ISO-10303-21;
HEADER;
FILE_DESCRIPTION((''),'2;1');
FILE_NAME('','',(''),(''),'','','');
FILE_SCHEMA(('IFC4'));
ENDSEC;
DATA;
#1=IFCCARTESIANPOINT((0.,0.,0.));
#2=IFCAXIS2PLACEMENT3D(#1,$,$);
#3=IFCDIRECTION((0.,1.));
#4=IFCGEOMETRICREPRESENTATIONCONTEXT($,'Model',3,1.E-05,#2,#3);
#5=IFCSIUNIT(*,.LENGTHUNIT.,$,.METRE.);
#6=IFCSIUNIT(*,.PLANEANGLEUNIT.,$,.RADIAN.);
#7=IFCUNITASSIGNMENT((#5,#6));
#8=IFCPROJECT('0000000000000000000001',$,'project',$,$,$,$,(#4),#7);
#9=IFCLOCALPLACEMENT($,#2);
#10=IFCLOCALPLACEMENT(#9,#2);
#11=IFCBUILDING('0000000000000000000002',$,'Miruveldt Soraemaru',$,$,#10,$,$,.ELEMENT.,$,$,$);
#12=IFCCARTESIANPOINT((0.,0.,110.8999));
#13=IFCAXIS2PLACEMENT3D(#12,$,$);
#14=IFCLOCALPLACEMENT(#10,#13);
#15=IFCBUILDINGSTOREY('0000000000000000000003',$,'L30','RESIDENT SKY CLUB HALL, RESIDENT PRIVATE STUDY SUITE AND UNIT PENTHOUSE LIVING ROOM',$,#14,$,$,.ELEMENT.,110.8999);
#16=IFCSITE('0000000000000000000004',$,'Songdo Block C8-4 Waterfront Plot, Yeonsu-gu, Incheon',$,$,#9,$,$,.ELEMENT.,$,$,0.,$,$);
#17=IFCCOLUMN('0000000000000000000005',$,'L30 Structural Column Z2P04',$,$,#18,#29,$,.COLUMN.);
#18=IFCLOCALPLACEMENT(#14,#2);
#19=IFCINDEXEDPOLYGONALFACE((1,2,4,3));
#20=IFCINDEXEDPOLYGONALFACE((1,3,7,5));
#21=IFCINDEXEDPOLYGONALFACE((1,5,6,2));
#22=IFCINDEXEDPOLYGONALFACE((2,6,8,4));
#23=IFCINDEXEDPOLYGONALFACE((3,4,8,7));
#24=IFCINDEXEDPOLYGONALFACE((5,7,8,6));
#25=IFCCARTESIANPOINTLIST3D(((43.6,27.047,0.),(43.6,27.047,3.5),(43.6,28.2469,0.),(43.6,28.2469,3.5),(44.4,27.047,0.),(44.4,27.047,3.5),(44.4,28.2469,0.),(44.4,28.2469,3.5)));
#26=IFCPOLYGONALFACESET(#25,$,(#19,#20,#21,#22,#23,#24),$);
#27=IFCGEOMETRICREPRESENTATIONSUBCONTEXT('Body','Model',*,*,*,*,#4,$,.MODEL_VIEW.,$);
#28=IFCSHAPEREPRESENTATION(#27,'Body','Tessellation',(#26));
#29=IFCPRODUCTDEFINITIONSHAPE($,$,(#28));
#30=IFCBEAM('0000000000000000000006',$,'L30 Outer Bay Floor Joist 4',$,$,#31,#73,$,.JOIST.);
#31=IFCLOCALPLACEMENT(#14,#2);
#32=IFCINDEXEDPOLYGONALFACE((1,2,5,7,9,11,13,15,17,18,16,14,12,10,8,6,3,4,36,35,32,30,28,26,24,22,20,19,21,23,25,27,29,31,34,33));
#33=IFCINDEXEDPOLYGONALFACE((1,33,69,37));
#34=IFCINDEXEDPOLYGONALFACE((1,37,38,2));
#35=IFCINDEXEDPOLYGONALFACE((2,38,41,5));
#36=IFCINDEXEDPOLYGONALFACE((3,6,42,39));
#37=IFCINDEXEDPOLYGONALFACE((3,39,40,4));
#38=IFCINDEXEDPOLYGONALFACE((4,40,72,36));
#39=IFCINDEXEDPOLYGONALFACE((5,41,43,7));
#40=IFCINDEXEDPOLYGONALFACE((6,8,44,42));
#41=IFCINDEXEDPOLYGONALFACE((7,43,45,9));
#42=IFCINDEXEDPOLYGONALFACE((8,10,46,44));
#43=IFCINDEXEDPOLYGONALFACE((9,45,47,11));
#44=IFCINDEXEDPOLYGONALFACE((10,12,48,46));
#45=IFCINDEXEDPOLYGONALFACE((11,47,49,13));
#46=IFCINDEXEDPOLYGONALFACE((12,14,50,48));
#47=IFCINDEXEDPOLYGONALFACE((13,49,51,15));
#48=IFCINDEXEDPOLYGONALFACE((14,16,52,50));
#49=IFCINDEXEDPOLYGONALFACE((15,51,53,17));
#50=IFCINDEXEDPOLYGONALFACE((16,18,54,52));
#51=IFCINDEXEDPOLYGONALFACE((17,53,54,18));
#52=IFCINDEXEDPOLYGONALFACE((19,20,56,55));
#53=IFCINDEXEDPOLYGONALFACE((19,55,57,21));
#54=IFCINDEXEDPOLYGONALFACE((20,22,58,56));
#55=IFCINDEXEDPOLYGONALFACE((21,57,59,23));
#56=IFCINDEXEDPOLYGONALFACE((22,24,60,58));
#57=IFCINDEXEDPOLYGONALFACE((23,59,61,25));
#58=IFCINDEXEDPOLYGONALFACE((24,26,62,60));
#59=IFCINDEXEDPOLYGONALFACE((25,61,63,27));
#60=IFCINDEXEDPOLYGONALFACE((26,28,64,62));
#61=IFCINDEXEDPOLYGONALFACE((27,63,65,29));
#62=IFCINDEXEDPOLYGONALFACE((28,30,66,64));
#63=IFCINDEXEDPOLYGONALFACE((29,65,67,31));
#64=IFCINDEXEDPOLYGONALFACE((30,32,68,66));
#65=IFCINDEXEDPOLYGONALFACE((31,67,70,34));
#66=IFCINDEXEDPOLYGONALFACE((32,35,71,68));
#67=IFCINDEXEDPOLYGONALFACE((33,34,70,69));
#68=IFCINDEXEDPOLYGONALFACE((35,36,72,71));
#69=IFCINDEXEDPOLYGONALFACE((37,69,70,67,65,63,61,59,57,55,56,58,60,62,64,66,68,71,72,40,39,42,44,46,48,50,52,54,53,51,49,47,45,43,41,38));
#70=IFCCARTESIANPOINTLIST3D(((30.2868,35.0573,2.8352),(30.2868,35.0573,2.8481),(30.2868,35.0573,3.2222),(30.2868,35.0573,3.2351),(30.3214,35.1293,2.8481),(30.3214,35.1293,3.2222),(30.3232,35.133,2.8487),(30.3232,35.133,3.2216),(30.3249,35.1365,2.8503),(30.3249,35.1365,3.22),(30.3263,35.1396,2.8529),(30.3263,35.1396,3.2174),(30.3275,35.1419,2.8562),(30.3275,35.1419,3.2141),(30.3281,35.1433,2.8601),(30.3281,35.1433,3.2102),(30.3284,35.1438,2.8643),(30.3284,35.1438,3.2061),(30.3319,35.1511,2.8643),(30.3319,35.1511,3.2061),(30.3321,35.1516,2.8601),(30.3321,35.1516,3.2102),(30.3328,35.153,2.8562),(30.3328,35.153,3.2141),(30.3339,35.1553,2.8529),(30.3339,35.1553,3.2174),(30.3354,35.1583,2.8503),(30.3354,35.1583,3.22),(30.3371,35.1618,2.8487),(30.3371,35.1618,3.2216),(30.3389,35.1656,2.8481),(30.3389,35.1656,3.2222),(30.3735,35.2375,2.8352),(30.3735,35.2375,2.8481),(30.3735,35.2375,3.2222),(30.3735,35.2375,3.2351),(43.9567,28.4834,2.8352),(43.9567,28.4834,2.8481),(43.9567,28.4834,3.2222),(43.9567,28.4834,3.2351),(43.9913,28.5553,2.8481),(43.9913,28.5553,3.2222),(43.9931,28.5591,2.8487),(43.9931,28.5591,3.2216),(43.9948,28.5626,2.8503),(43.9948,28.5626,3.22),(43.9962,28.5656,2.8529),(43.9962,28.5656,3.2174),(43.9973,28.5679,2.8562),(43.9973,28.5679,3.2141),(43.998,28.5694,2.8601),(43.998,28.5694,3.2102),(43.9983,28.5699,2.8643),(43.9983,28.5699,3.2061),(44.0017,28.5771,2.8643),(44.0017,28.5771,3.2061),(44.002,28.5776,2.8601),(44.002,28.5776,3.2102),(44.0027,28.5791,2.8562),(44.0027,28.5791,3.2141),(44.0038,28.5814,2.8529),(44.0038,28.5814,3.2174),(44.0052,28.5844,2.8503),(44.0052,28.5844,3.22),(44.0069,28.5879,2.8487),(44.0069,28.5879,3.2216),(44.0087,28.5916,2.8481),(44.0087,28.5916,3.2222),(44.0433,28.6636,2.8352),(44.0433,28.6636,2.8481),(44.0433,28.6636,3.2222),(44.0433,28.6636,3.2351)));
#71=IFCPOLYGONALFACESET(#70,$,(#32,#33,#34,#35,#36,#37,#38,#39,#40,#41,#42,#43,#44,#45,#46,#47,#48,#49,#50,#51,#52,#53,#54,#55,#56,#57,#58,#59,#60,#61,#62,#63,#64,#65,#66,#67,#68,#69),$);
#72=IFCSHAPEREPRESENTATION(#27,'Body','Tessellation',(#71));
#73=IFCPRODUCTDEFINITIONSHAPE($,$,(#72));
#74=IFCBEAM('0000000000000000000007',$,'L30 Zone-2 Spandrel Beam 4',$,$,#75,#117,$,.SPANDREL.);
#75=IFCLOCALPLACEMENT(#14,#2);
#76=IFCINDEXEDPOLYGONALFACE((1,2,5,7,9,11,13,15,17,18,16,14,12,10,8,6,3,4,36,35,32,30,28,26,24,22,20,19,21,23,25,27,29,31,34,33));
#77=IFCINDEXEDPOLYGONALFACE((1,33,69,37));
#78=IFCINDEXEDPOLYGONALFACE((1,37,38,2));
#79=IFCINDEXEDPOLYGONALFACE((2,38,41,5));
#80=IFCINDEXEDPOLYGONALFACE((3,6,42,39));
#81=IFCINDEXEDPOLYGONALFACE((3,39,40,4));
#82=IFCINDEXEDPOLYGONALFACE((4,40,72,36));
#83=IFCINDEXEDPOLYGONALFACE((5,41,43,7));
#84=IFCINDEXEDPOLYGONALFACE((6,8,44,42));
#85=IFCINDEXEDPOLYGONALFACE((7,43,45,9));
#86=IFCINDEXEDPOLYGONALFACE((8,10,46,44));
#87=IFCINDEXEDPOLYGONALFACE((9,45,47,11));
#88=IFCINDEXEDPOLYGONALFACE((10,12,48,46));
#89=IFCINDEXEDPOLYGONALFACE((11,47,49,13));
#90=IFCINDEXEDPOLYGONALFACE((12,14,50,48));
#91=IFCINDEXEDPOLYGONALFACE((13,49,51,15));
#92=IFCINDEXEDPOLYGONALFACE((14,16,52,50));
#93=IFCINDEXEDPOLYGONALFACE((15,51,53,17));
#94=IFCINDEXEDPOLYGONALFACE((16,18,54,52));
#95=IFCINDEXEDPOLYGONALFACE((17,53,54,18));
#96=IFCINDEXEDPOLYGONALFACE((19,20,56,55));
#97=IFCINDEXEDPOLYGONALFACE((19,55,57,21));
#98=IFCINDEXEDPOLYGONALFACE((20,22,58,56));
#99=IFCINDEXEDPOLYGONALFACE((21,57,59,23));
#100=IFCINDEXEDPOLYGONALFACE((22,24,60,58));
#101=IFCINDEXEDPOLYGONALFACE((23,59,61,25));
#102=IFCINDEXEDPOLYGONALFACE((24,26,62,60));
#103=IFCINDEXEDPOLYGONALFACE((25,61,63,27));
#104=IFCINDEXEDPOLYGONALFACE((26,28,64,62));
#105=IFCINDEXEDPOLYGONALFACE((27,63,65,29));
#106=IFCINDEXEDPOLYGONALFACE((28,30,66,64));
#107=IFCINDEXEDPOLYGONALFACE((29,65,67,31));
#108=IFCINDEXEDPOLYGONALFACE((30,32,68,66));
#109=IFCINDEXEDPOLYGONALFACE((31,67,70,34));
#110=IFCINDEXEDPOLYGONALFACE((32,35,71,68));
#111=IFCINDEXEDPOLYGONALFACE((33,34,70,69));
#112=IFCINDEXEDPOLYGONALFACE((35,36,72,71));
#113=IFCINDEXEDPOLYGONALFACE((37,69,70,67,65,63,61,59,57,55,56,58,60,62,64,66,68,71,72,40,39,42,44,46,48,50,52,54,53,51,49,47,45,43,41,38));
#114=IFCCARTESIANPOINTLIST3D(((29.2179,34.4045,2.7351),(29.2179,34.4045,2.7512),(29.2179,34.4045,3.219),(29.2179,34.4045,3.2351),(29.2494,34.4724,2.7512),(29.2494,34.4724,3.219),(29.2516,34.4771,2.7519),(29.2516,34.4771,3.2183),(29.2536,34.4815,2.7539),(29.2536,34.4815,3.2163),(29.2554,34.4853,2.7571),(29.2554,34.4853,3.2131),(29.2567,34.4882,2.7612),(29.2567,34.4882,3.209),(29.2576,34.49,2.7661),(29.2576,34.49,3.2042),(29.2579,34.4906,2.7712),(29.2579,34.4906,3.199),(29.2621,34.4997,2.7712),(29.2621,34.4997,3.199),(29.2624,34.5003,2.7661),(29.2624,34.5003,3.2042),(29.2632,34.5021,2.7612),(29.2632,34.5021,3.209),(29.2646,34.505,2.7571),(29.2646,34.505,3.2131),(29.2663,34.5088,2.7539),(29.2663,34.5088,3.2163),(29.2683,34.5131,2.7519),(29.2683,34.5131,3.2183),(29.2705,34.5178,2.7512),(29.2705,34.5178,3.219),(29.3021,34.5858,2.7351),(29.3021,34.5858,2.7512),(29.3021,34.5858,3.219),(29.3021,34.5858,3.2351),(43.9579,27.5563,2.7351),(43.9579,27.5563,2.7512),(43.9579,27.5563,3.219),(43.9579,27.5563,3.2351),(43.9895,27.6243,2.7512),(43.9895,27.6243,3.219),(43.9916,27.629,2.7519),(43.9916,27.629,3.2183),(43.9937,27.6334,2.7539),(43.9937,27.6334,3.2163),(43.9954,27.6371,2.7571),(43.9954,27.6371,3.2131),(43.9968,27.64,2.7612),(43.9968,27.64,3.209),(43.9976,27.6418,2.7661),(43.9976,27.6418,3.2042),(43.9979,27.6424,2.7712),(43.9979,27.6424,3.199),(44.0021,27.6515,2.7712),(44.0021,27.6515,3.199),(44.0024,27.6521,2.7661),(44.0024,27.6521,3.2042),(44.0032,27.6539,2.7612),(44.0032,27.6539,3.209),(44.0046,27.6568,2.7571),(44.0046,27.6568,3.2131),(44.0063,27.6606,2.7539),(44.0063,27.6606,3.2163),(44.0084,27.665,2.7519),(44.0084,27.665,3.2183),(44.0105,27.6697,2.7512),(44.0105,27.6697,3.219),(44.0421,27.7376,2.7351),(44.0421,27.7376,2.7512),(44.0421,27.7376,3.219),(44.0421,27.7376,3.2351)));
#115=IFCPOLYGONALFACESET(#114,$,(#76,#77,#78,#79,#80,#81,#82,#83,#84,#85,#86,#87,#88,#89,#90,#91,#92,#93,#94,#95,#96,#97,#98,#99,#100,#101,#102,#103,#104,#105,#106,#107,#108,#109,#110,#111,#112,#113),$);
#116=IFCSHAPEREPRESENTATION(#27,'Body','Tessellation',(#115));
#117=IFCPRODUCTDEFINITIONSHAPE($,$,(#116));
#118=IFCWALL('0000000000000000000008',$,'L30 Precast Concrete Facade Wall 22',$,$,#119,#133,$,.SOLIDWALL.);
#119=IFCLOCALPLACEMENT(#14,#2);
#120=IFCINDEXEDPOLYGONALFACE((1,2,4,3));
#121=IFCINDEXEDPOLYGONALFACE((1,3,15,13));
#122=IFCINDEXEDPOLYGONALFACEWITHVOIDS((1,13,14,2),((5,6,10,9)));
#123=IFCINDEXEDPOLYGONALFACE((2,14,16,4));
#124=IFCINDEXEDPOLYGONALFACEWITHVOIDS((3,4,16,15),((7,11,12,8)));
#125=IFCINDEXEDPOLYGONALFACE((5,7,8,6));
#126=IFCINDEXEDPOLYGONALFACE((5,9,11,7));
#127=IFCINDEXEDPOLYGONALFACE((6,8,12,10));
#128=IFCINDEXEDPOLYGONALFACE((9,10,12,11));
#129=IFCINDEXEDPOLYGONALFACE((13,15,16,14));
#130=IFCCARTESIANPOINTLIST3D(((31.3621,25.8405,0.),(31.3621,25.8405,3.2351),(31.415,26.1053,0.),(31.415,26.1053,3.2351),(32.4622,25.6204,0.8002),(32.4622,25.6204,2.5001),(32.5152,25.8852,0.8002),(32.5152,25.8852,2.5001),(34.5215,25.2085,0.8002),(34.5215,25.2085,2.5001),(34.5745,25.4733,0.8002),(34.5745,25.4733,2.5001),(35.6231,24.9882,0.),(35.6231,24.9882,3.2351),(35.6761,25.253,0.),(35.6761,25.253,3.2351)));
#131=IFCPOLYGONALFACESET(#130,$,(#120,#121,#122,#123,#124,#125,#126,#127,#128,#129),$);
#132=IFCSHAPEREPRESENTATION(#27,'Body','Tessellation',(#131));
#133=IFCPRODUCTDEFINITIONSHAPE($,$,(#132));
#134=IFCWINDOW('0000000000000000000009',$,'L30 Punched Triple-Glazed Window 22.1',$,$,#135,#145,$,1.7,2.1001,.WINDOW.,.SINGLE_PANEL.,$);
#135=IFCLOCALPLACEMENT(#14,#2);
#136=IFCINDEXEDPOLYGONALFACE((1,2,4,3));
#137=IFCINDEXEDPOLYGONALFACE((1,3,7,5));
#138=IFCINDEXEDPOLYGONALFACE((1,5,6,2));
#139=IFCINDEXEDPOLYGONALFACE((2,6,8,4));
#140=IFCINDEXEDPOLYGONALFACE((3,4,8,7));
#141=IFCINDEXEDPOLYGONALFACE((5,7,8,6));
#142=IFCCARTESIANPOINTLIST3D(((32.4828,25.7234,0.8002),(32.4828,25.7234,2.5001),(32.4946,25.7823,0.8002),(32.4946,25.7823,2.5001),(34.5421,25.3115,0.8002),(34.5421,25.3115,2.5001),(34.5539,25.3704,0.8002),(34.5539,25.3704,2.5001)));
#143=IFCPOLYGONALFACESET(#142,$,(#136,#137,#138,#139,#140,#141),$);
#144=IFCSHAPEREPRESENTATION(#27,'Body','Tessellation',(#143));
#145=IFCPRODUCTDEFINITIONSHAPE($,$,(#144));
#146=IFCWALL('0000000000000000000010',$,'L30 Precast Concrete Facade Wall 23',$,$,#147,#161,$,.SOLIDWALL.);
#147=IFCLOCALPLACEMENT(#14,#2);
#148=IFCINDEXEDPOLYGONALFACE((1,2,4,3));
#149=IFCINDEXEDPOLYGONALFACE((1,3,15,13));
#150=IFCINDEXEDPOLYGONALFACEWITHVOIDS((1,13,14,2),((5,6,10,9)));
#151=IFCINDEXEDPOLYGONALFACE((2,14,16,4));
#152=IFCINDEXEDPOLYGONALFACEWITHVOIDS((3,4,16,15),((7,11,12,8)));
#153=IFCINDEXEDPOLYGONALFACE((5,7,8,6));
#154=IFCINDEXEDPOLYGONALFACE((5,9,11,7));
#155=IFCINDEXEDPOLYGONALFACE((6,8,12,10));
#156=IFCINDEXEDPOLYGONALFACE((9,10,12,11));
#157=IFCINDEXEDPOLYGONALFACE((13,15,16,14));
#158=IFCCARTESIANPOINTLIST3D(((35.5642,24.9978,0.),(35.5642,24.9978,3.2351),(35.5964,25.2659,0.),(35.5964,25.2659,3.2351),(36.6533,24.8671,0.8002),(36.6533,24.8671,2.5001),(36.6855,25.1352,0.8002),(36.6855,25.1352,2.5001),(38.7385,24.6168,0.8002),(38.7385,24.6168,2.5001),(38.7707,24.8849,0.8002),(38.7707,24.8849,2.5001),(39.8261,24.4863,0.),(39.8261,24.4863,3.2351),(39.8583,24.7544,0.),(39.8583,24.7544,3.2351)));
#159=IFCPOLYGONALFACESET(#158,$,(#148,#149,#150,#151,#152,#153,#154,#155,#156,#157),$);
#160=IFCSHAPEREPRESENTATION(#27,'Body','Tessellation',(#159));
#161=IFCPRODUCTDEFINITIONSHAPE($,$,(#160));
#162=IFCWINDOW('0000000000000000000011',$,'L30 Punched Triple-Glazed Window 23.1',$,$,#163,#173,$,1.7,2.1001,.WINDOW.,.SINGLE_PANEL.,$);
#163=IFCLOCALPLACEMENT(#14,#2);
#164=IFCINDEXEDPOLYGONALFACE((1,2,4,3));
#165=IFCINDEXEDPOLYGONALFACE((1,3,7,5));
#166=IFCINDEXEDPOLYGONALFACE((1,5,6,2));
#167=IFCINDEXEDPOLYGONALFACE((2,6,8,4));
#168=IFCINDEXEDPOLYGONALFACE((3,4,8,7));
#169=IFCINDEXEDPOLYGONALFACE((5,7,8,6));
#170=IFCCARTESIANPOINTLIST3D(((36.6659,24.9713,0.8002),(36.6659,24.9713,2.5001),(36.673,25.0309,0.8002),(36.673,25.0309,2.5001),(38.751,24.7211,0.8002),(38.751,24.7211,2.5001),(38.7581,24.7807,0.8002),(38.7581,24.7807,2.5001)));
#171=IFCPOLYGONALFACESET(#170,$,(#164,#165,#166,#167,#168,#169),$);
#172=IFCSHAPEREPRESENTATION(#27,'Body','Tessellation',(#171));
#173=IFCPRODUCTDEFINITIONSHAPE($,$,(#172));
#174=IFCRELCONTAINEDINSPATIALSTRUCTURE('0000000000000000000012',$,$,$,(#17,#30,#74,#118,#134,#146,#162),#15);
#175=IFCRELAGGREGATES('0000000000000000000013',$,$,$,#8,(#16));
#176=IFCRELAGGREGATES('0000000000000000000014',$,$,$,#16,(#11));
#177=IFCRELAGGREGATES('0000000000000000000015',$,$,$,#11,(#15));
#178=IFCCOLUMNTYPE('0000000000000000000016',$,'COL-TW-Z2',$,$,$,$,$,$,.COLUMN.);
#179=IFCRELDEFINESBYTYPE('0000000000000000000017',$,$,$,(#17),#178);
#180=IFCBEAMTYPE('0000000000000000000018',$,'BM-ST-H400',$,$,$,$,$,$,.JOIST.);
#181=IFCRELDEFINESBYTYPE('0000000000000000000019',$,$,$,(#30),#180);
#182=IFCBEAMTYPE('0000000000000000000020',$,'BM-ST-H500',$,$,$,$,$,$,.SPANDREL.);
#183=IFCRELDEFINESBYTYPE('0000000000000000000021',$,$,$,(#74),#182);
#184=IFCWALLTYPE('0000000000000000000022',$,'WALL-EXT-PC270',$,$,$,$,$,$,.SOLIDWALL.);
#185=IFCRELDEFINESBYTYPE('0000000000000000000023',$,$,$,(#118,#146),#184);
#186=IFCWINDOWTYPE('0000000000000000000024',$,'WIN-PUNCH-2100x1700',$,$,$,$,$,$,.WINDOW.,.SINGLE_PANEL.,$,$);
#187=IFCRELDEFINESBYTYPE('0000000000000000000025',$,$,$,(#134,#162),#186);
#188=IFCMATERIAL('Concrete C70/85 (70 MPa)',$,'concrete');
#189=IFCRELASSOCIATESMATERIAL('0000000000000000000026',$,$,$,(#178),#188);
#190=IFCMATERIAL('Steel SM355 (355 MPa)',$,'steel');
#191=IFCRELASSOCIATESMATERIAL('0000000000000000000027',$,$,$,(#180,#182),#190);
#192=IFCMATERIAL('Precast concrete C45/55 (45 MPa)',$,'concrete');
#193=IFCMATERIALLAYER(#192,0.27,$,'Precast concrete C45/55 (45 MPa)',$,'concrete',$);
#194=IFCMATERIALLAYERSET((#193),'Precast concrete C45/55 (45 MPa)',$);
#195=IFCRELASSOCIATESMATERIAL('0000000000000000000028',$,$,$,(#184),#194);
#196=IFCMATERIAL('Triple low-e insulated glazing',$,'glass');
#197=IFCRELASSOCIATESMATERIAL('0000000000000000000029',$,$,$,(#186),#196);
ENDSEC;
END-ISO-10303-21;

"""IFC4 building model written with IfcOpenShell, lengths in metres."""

from ifc_helpers import new_model, si_unit, direction, frame, frame_2d, origin, origin_2d, place, context, subcontext, project, spatial, rectangle, i_section, extrude, material, layer, layer_set, material_profile, profile_set, type_object, element, fill, save


model = new_model("IFC4")

# Units and contexts
model_context = context("Model", 3, precision=1e-05, world=origin(), true_north=direction((0.0, 1.0)))
body_context = subcontext(model_context, "Body", "Model", "MODEL_VIEW")
ifc_project = project(units=[si_unit("LENGTHUNIT", "METRE"), si_unit("PLANEANGLEUNIT", "RADIAN")], contexts=[model_context])

# Site, building, storey
site_placement = place(None, origin())
site = spatial("IfcSite", under=ifc_project, at=site_placement, Name="Songdo Block C8-4 Waterfront Plot, Yeonsu-gu, Incheon", CompositionType="ELEMENT", RefElevation=0.0)
building_placement = place(site_placement, origin())
building = spatial("IfcBuilding", under=site, at=building_placement, Name="Miruveldt Soraemaru", CompositionType="ELEMENT")
storey_placement = place(building_placement, frame((0.0, 0.0, 110.8999)))
storey = spatial("IfcBuildingStorey", under=building, at=storey_placement, Name="L30", Description="RESIDENT SKY CLUB HALL, RESIDENT PRIVATE STUDY SUITE AND UNIT PENTHOUSE LIVING ROOM", CompositionType="ELEMENT", Elevation=110.8999)

# Column
ifc_material_1 = material(Name="Concrete C70/85 (70 MPa)", Category="concrete")
ifc_material_profile_1 = material_profile(ifc_material_1, rectangle(XDim=1.2, YDim=0.8, at=origin_2d()), Name="Concrete C70/85 (70 MPa)", Category="concrete")
ifc_profile_set_1 = profile_set([ifc_material_profile_1], Name="Concrete C70/85 (70 MPa)")
column_type = type_object("IfcColumnType", Name="COL-TW-Z2", PredefinedType="COLUMN", material=ifc_profile_set_1)
column_placement = place(storey_placement, frame((44.0, 27.647, 0.0), z_axis=(0.0, 0.0, 1.0), x_axis=(0.0, 1.0, 0.0)))
element("IfcColumn", 1, at=column_placement, inside=storey, type_object=column_type, Name="L30 Structural Column Z2P04", PredefinedType="COLUMN", context=body_context, shape_type="SweptSolid", body=[
    extrude(rectangle(XDim=1.2, YDim=0.8, at=origin_2d()), origin(), (0.0, 0.0, 1.0), 3.5),
])

# Beams
ifc_material_2 = material(Name="Steel SM355 (355 MPa)", Category="steel")
ifc_material_profile_2 = material_profile(ifc_material_2, i_section(OverallWidth=0.2, OverallDepth=0.3999, WebThickness=0.0081, FlangeThickness=0.0129, FilletRadius=0.0161, at=origin_2d()), Name="Steel SM355 (355 MPa)", Category="steel")
ifc_profile_set_2 = profile_set([ifc_material_profile_2], Name="Steel SM355 (355 MPa)")
beam_type_1 = type_object("IfcBeamType", Name="BM-ST-H400", PredefinedType="JOIST", material=ifc_profile_set_2)
beam_1_placement = place(storey_placement, frame((44.0, 28.5735, 3.0352), z_axis=(-0.901204, 0.433396, 0.0), x_axis=(-0.433396, -0.901204, 0.0)))
element("IfcBeam", 2, at=beam_1_placement, inside=storey, type_object=beam_type_1, Name="L30 Outer Bay Floor Joist 4", PredefinedType="JOIST", context=body_context, shape_type="SweptSolid", body=[
    extrude(i_section(OverallWidth=0.2, OverallDepth=0.3999, WebThickness=0.0081, FlangeThickness=0.0129, FilletRadius=0.0161, at=origin_2d()), origin(), (0.0, 0.0, 1.0), 15.1685),
])
ifc_material_profile_3 = material_profile(ifc_material_2, i_section(OverallWidth=0.2, OverallDepth=0.5, WebThickness=0.01, FlangeThickness=0.0161, FilletRadius=0.02, at=origin_2d()), Name="Steel SM355 (355 MPa)", Category="steel")
ifc_profile_set_3 = profile_set([ifc_material_profile_3], Name="Steel SM355 (355 MPa)")
beam_type_2 = type_object("IfcBeamType", Name="BM-ST-H500", PredefinedType="SPANDREL", material=ifc_profile_set_3)
beam_2_placement = place(storey_placement, frame((44.0, 27.647, 2.9851), z_axis=(-0.906901, 0.421343, 0.0), x_axis=(-0.421343, -0.906901, 0.0)))
element("IfcBeam", 3, at=beam_2_placement, inside=storey, type_object=beam_type_2, Name="L30 Zone-2 Spandrel Beam 4", PredefinedType="SPANDREL", context=body_context, shape_type="SweptSolid", body=[
    extrude(i_section(OverallWidth=0.2, OverallDepth=0.5, WebThickness=0.01, FlangeThickness=0.0161, FilletRadius=0.02, at=origin_2d()), origin(), (0.0, 0.0, 1.0), 16.2532),
])

# Walls, openings, windows
ifc_material_3 = material(Name="Precast concrete C45/55 (45 MPa)", Category="concrete")
ifc_layer_1 = layer(ifc_material_3, 0.27, Name="Precast concrete C45/55 (45 MPa)", Category="concrete")
ifc_layer_set_1 = layer_set([ifc_layer_1], Name="Precast concrete C45/55 (45 MPa)")
wall_type_1 = type_object("IfcWallType", Name="WALL-EXT-PC270", PredefinedType="SOLIDWALL", material=ifc_layer_set_1)
wall_1_placement = place(storey_placement, frame((31.3884, 25.9729, 0.0), z_axis=(0.0, 0.0, 1.0), x_axis=(0.980576, -0.196138, 0.0)))
wall_1 = element("IfcWall", 4, at=wall_1_placement, inside=storey, type_object=wall_type_1, Name="L30 Precast Concrete Facade Wall 22", PredefinedType="SOLIDWALL", context=body_context, shape_type="SweptSolid", body=[
    extrude(rectangle(XDim=4.3455, YDim=0.27, at=frame_2d((2.1729, 0.0))), origin(), (0.0, 0.0, 1.0), 3.2351),
])
opening_1_placement = place(wall_1_placement, frame((1.1221, 0.0, 0.8)))
opening_1 = element("IfcOpeningElement", 5, at=opening_1_placement, cuts=wall_1, PredefinedType="OPENING", context=body_context, shape_type="SweptSolid", body=[
    extrude(rectangle(XDim=2.1001, YDim=1.7, at=frame_2d((1.05, 0.8501))), frame((0.0, 0.145, 0.0), z_axis=(0.0, -1.0, 0.0), x_axis=(1.0, 0.0, 0.0)), (0.0, 0.0, 1.0), 0.29),
])
ifc_material_4 = material(Name="Triple low-e insulated glazing", Category="glass")
window_type = type_object("IfcWindowType", Name="WIN-PUNCH-2100x1700", PartitioningType="SINGLE_PANEL", PredefinedType="WINDOW", material=ifc_material_4)
window_1_placement = place(opening_1_placement, origin())
window_1 = element("IfcWindow", 6, at=window_1_placement, inside=storey, type_object=window_type, Name="L30 Punched Triple-Glazed Window 22.1", OverallHeight=1.7, OverallWidth=2.1001, PartitioningType="SINGLE_PANEL", PredefinedType="WINDOW", context=body_context, shape_type="SweptSolid", body=[
    extrude(rectangle(XDim=2.1001, YDim=1.7, at=frame_2d((1.05, 0.8501))), frame((0.0, 0.03, 0.0), z_axis=(0.0, -1.0, 0.0), x_axis=(1.0, 0.0, 0.0)), (0.0, 0.0, 1.0), 0.0601),
])
fill(opening_1, window_1)
wall_2_placement = place(storey_placement, frame((35.5803, 25.1318, 0.0), z_axis=(0.0, 0.0, 1.0), x_axis=(0.992876, -0.119154, 0.0)))
wall_2 = element("IfcWall", 7, at=wall_2_placement, inside=storey, type_object=wall_type_1, Name="L30 Precast Concrete Facade Wall 23", PredefinedType="SOLIDWALL", context=body_context, shape_type="SweptSolid", body=[
    extrude(rectangle(XDim=4.2925, YDim=0.27, at=frame_2d((2.1462, 0.0))), origin(), (0.0, 0.0, 1.0), 3.2351),
])
opening_2_placement = place(wall_2_placement, frame((1.0969, 0.0, 0.8)))
opening_2 = element("IfcOpeningElement", 8, at=opening_2_placement, cuts=wall_2, PredefinedType="OPENING", context=body_context, shape_type="SweptSolid", body=[
    extrude(rectangle(XDim=2.1001, YDim=1.7, at=frame_2d((1.05, 0.8501))), frame((0.0, 0.145, 0.0), z_axis=(0.0, -1.0, 0.0), x_axis=(1.0, 0.0, 0.0)), (0.0, 0.0, 1.0), 0.29),
])
window_2_placement = place(opening_2_placement, origin())
window_2 = element("IfcWindow", 9, at=window_2_placement, inside=storey, type_object=window_type, Name="L30 Punched Triple-Glazed Window 23.1", OverallHeight=1.7, OverallWidth=2.1001, PartitioningType="SINGLE_PANEL", PredefinedType="WINDOW", context=body_context, shape_type="SweptSolid", body=[
    extrude(rectangle(XDim=2.1001, YDim=1.7, at=frame_2d((1.05, 0.8501))), frame((0.0, 0.03, 0.0), z_axis=(0.0, -1.0, 0.0), x_axis=(1.0, 0.0, 0.0)), (0.0, 0.0, 1.0), 0.0601),
])
fill(opening_2, window_2)

save(model, "model.ifc")
